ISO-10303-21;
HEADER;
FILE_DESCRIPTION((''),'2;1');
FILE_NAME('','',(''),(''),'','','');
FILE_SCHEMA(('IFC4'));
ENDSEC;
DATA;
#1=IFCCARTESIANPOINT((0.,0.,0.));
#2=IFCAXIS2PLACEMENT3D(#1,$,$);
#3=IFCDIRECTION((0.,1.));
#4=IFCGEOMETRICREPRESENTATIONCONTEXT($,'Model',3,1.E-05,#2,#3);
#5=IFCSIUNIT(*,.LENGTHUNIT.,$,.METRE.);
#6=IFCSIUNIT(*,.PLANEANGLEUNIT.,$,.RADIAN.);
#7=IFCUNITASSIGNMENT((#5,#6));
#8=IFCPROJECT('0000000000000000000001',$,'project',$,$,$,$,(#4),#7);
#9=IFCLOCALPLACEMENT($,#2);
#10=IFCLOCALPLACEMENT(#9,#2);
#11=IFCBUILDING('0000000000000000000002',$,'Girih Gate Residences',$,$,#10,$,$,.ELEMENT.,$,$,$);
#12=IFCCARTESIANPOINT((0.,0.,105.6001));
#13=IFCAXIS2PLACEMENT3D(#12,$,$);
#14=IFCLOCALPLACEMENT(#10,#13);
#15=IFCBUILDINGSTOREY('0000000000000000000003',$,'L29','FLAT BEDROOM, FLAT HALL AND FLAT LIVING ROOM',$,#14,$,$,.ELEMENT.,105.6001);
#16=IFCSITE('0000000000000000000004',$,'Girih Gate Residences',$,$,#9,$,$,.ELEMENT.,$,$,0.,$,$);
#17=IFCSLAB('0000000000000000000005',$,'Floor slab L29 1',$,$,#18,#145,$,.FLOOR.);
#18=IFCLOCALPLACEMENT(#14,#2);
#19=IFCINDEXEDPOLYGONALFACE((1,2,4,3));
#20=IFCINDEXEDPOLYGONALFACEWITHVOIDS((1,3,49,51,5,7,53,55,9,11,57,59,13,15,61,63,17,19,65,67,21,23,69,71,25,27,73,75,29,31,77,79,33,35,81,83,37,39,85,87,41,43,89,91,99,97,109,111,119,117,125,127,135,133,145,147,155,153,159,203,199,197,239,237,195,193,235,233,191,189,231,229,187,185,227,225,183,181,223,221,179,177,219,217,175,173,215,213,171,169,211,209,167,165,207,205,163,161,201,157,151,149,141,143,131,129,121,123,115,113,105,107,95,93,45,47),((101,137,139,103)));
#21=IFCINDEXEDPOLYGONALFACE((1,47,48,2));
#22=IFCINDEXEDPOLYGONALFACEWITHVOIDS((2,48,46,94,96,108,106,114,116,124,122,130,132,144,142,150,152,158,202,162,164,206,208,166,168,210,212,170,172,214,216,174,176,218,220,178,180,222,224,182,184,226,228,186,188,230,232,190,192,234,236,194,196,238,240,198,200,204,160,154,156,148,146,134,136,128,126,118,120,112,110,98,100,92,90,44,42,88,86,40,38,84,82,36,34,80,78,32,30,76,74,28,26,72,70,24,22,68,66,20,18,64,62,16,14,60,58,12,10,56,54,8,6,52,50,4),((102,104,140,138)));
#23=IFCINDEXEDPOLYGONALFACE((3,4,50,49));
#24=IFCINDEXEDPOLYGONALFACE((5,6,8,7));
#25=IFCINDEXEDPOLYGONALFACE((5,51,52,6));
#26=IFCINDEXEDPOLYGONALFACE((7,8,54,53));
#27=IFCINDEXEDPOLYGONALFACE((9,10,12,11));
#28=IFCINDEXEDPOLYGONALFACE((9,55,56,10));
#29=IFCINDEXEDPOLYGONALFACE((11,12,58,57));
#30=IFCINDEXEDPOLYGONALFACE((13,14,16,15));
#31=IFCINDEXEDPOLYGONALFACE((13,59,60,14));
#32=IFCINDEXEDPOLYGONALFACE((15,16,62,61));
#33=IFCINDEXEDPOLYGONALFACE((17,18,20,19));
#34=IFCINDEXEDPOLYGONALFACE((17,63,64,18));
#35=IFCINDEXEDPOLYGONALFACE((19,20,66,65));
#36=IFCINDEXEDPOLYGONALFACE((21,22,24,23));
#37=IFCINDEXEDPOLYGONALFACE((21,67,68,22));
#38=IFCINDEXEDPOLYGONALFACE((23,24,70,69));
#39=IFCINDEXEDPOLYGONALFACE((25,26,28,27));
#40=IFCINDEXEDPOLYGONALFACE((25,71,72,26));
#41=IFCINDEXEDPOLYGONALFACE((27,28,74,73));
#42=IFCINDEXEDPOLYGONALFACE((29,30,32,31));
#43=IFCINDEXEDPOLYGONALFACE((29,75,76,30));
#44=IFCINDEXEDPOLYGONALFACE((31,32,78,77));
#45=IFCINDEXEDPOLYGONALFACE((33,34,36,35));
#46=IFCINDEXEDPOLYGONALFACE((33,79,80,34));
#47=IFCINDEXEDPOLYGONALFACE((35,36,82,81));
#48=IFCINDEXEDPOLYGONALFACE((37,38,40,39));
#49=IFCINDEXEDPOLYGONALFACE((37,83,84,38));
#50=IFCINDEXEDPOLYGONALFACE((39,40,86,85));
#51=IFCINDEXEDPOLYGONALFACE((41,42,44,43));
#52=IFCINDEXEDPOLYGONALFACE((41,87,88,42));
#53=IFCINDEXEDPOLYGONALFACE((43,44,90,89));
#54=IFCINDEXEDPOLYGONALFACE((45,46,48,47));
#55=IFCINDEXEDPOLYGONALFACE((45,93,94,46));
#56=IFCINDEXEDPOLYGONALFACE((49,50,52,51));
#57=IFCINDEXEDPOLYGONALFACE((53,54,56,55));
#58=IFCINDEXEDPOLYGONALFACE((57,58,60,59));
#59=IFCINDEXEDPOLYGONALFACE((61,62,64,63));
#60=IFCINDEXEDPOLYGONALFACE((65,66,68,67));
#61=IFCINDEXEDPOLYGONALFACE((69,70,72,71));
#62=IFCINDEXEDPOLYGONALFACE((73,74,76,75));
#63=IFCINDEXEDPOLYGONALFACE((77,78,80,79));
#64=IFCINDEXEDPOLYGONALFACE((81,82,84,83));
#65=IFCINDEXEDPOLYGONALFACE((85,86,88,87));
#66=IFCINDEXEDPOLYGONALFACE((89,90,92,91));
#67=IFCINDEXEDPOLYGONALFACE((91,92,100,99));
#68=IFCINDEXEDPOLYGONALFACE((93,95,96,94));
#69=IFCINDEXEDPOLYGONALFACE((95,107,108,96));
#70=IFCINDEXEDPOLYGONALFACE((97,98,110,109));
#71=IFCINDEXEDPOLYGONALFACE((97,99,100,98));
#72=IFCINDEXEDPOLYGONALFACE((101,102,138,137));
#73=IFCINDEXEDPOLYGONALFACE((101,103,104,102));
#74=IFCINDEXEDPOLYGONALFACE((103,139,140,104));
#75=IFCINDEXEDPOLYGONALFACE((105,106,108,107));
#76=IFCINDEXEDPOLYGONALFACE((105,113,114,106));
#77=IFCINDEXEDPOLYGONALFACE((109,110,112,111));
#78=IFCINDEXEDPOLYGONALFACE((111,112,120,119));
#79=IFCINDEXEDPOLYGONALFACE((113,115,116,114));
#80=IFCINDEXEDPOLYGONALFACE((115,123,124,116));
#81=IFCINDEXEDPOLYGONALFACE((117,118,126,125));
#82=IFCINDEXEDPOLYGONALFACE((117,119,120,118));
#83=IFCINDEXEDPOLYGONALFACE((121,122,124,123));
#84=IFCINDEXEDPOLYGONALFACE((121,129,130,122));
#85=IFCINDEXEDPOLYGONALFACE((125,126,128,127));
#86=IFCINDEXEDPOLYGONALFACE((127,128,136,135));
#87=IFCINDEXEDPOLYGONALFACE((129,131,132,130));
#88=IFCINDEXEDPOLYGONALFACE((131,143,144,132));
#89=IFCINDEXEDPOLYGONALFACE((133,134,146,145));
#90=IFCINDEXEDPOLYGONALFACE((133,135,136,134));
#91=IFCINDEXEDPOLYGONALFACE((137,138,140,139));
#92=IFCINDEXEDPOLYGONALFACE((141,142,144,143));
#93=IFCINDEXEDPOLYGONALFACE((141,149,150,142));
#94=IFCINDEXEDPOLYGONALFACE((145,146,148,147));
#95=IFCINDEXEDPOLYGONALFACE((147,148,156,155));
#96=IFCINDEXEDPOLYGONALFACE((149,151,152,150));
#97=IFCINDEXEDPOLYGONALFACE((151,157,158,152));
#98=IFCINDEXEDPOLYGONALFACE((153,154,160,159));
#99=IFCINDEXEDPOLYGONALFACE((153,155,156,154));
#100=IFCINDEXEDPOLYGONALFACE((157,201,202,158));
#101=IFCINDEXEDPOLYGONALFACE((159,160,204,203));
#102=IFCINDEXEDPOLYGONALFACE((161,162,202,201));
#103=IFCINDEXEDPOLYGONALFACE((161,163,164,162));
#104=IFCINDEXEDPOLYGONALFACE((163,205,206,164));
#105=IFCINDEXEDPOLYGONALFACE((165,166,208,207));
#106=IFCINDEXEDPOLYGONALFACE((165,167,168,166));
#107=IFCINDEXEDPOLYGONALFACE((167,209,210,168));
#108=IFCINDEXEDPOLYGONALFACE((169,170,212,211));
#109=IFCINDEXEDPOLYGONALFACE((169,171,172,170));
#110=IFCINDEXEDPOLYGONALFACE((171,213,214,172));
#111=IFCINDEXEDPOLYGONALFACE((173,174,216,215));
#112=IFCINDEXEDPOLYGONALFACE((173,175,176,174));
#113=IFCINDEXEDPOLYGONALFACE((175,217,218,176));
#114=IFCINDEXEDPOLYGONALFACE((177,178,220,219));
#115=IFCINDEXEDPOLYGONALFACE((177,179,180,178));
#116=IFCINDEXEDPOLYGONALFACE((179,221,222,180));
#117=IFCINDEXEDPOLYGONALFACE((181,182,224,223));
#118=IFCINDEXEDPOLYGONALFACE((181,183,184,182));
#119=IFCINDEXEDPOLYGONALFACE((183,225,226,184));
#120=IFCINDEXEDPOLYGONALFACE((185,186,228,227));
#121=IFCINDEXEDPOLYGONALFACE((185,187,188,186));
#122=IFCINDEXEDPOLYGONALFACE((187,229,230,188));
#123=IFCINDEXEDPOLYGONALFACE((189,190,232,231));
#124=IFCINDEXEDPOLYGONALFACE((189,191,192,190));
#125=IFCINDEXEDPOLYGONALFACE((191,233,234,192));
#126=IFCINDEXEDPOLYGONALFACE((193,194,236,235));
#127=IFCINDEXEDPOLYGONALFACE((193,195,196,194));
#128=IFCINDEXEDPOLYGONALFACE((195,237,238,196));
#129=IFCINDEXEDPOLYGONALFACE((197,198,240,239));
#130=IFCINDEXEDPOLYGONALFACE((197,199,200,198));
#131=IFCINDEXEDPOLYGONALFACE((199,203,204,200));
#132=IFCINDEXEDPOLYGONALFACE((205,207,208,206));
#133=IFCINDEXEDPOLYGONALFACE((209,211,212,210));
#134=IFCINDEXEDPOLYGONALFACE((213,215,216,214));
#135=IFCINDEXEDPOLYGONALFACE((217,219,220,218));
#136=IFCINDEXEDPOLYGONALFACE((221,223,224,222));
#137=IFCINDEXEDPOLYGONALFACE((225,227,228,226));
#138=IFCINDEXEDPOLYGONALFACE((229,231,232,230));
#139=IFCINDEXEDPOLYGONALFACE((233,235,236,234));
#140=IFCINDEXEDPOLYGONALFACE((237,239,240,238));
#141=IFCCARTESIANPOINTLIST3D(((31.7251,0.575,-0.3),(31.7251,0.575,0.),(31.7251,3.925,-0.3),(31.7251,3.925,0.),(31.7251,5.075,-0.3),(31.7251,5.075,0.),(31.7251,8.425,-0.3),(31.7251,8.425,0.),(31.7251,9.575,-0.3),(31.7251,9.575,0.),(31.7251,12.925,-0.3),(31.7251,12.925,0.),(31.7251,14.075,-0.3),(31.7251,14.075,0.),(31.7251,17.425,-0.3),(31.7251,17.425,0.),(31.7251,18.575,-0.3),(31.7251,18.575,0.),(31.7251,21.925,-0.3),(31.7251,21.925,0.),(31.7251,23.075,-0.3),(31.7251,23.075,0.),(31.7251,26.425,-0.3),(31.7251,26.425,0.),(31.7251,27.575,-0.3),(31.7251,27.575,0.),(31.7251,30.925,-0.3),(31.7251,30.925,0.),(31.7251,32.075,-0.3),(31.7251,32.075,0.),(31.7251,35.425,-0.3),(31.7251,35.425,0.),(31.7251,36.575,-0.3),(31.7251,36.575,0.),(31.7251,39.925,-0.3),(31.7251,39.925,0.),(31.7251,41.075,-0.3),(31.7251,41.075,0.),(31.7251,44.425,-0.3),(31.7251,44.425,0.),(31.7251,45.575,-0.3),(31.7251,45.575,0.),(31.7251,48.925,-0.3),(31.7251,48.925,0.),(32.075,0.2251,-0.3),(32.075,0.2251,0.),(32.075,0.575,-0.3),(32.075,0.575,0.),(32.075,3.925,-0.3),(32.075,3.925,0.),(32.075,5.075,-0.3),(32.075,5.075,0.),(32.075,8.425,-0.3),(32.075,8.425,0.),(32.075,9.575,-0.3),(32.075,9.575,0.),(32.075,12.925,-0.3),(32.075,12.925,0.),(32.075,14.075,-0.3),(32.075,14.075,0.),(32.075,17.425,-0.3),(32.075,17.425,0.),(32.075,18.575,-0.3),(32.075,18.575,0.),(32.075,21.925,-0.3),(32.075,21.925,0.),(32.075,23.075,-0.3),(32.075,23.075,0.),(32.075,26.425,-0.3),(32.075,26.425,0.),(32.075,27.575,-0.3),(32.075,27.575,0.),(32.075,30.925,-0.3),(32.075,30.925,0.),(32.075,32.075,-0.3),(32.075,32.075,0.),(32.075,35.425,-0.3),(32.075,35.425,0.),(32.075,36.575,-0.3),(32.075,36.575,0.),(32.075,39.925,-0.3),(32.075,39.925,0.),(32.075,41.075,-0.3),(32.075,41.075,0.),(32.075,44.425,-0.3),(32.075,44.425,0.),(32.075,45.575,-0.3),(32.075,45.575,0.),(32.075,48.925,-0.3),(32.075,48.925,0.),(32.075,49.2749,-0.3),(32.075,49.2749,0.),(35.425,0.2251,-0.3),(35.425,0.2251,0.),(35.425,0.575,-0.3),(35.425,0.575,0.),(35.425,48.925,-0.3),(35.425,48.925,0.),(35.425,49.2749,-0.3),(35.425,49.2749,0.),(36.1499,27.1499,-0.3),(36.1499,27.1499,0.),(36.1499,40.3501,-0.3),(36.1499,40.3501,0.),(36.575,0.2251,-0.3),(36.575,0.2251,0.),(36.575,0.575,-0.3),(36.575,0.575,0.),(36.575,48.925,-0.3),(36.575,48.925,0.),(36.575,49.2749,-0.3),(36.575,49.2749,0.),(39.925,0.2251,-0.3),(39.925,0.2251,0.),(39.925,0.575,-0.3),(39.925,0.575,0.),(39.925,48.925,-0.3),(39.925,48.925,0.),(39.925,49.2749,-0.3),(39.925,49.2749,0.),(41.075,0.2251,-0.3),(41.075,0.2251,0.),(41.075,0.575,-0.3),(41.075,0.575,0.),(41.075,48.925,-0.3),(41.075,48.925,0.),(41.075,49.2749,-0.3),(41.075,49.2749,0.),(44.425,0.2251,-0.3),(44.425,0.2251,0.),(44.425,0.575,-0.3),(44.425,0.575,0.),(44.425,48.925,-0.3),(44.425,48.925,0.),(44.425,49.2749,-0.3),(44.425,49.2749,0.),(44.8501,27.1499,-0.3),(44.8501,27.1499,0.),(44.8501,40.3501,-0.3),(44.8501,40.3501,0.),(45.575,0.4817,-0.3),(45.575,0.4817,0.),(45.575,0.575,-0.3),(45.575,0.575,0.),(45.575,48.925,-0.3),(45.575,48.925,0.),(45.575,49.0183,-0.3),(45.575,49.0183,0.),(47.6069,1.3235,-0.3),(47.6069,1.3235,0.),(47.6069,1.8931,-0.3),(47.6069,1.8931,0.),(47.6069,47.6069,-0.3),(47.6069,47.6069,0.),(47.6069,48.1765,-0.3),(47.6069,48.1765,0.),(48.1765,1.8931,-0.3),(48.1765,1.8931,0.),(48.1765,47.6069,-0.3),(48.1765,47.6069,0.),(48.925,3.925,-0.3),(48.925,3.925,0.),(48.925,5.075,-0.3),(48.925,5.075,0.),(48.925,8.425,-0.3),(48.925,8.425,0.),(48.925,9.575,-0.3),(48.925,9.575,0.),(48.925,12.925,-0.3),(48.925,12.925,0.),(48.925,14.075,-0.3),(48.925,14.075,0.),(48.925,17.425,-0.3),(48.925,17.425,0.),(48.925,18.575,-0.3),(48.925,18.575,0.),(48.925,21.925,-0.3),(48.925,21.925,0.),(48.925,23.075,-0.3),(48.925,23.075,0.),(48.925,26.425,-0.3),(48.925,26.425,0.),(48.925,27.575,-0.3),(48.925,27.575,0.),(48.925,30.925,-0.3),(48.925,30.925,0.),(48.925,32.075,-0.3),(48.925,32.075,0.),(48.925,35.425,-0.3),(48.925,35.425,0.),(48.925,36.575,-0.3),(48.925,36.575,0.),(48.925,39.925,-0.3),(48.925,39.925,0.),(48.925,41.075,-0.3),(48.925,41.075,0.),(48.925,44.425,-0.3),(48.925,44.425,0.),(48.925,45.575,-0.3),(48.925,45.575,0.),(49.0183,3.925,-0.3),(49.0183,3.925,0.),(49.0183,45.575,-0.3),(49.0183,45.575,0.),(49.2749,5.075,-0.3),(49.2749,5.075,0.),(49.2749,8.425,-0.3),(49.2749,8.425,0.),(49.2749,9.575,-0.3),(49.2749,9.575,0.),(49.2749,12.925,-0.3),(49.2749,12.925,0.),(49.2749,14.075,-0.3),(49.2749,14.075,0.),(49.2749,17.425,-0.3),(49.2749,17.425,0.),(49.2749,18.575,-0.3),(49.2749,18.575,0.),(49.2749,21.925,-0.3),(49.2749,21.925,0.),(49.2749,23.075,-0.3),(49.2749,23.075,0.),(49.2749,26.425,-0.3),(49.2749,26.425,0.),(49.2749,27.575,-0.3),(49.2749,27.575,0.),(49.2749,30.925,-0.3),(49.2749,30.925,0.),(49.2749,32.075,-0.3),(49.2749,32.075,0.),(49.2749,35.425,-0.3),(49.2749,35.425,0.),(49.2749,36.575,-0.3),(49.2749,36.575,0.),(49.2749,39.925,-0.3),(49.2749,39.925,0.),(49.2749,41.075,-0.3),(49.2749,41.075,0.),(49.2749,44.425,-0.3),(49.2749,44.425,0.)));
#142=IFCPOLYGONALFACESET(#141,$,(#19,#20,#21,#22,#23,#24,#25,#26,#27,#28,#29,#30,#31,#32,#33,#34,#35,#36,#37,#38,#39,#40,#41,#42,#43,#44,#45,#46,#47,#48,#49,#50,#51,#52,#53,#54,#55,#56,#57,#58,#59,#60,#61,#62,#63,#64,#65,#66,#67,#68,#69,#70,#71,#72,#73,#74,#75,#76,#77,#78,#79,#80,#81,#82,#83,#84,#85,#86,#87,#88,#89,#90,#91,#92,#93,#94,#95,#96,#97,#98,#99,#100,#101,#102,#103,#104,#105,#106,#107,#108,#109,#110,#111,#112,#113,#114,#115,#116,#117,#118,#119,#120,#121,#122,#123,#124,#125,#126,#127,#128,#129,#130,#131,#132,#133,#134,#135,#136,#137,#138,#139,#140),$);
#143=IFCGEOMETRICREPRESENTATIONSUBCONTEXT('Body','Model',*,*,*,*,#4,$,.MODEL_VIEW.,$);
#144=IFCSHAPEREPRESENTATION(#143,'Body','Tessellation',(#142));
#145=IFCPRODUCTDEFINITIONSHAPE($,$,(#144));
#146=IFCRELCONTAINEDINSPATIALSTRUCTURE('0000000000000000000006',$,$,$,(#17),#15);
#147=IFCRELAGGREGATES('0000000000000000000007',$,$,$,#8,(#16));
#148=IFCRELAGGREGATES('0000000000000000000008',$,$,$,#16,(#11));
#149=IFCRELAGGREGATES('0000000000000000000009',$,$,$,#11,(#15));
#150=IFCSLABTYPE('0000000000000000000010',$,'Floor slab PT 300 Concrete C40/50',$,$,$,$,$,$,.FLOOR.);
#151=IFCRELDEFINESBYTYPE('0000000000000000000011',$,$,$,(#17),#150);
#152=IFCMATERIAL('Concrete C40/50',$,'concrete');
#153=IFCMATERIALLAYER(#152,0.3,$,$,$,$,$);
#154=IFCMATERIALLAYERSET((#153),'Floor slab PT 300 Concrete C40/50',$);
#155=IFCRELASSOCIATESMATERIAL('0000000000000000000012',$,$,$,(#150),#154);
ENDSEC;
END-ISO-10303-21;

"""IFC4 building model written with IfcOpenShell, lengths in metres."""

from ifc_helpers import new_model, si_unit, direction, frame, origin, place, context, subcontext, project, spatial, polyline, outline, extrude, material, layer, layer_set, type_object, element, save


model = new_model("IFC4")

# Units and contexts
model_context = context("Model", 3, precision=1e-05, world=origin(), true_north=direction((0.0, 1.0)))
body_context = subcontext(model_context, "Body", "Model", "MODEL_VIEW")
ifc_project = project(units=[si_unit("LENGTHUNIT", "METRE"), si_unit("PLANEANGLEUNIT", "RADIAN")], contexts=[model_context])

# Site, building, storey
site_placement = place(None, origin())
site = spatial("IfcSite", under=ifc_project, at=site_placement, Name="Girih Gate Residences", CompositionType="ELEMENT", RefElevation=0.0)
building_placement = place(site_placement, origin())
building = spatial("IfcBuilding", under=site, at=building_placement, Name="Girih Gate Residences", CompositionType="ELEMENT")
storey_placement = place(building_placement, frame((0.0, 0.0, 105.6001)))
storey = spatial("IfcBuildingStorey", under=building, at=storey_placement, Name="L29", Description="FLAT BEDROOM, FLAT HALL AND FLAT LIVING ROOM", CompositionType="ELEMENT", Elevation=105.6001)

# Slab
ifc_material_1 = material(Name="Concrete C40/50", Category="concrete")
ifc_layer_1 = layer(ifc_material_1, 0.3)
ifc_layer_set_1 = layer_set([ifc_layer_1], Name="Floor slab PT 300 Concrete C40/50")
slab_type_1 = type_object("IfcSlabType", Name="Floor slab PT 300 Concrete C40/50", PredefinedType="FLOOR", material=ifc_layer_set_1)
slab_1_placement = place(storey_placement, frame((0.0, 0.0, -0.3)))
element("IfcSlab", 1, at=slab_1_placement, inside=storey, type_object=slab_type_1, Name="Floor slab L29 1", PredefinedType="FLOOR", context=body_context, shape_type="SweptSolid", body=[
    extrude(outline(polyline([(35.425, 49.2749), (32.075, 49.2749), (32.075, 48.925), (31.7251, 48.925), (31.7251, 45.575), (32.075, 45.575), (32.075, 44.425), (31.7251, 44.425), (31.7251, 41.075), (32.075, 41.075), (32.075, 39.925), (31.7251, 39.925), (31.7251, 36.575), (32.075, 36.575), (32.075, 35.425), (31.7251, 35.425), (31.7251, 32.075), (32.075, 32.075), (32.075, 30.925), (31.7251, 30.925), (31.7251, 27.575), (32.075, 27.575), (32.075, 26.425), (31.7251, 26.425), (31.7251, 23.075), (32.075, 23.075), (32.075, 21.925), (31.7251, 21.925), (31.7251, 18.575), (32.075, 18.575), (32.075, 17.425), (31.7251, 17.425), (31.7251, 14.075), (32.075, 14.075), (32.075, 12.925), (31.7251, 12.925), (31.7251, 9.575), (32.075, 9.575), (32.075, 8.425), (31.7251, 8.425), (31.7251, 5.075), (32.075, 5.075), (32.075, 3.925), (31.7251, 3.925), (31.7251, 0.575), (32.075, 0.575), (32.075, 0.2251), (35.425, 0.2251), (35.425, 0.575), (36.575, 0.575), (36.575, 0.2251), (39.925, 0.2251), (39.925, 0.575), (41.075, 0.575), (41.075, 0.2251), (44.425, 0.2251), (44.425, 0.575), (45.575, 0.575), (45.575, 0.4817), (47.6069, 1.3235), (47.6069, 1.8931), (48.1765, 1.8931), (49.0183, 3.925), (48.925, 3.925), (48.925, 5.075), (49.2749, 5.075), (49.2749, 8.425), (48.925, 8.425), (48.925, 9.575), (49.2749, 9.575), (49.2749, 12.925), (48.925, 12.925), (48.925, 14.075), (49.2749, 14.075), (49.2749, 17.425), (48.925, 17.425), (48.925, 18.575), (49.2749, 18.575), (49.2749, 21.925), (48.925, 21.925), (48.925, 23.075), (49.2749, 23.075), (49.2749, 26.425), (48.925, 26.425), (48.925, 27.575), (49.2749, 27.575), (49.2749, 30.925), (48.925, 30.925), (48.925, 32.075), (49.2749, 32.075), (49.2749, 35.425), (48.925, 35.425), (48.925, 36.575), (49.2749, 36.575), (49.2749, 39.925), (48.925, 39.925), (48.925, 41.075), (49.2749, 41.075), (49.2749, 44.425), (48.925, 44.425), (48.925, 45.575), (49.0183, 45.575), (48.1765, 47.6069), (47.6069, 47.6069), (47.6069, 48.1765), (45.575, 49.0183), (45.575, 48.925), (44.425, 48.925), (44.425, 49.2749), (41.075, 49.2749), (41.075, 48.925), (39.925, 48.925), (39.925, 49.2749), (36.575, 49.2749), (36.575, 48.925), (35.425, 48.925), (35.425, 49.2749)]), holes=[polyline([(44.8501, 40.3501), (44.8501, 27.1499), (36.1499, 27.1499), (36.1499, 40.3501), (44.8501, 40.3501)])]), origin(), (0.0, 0.0, 1.0), 0.3),
])

save(model, "model.ifc")
